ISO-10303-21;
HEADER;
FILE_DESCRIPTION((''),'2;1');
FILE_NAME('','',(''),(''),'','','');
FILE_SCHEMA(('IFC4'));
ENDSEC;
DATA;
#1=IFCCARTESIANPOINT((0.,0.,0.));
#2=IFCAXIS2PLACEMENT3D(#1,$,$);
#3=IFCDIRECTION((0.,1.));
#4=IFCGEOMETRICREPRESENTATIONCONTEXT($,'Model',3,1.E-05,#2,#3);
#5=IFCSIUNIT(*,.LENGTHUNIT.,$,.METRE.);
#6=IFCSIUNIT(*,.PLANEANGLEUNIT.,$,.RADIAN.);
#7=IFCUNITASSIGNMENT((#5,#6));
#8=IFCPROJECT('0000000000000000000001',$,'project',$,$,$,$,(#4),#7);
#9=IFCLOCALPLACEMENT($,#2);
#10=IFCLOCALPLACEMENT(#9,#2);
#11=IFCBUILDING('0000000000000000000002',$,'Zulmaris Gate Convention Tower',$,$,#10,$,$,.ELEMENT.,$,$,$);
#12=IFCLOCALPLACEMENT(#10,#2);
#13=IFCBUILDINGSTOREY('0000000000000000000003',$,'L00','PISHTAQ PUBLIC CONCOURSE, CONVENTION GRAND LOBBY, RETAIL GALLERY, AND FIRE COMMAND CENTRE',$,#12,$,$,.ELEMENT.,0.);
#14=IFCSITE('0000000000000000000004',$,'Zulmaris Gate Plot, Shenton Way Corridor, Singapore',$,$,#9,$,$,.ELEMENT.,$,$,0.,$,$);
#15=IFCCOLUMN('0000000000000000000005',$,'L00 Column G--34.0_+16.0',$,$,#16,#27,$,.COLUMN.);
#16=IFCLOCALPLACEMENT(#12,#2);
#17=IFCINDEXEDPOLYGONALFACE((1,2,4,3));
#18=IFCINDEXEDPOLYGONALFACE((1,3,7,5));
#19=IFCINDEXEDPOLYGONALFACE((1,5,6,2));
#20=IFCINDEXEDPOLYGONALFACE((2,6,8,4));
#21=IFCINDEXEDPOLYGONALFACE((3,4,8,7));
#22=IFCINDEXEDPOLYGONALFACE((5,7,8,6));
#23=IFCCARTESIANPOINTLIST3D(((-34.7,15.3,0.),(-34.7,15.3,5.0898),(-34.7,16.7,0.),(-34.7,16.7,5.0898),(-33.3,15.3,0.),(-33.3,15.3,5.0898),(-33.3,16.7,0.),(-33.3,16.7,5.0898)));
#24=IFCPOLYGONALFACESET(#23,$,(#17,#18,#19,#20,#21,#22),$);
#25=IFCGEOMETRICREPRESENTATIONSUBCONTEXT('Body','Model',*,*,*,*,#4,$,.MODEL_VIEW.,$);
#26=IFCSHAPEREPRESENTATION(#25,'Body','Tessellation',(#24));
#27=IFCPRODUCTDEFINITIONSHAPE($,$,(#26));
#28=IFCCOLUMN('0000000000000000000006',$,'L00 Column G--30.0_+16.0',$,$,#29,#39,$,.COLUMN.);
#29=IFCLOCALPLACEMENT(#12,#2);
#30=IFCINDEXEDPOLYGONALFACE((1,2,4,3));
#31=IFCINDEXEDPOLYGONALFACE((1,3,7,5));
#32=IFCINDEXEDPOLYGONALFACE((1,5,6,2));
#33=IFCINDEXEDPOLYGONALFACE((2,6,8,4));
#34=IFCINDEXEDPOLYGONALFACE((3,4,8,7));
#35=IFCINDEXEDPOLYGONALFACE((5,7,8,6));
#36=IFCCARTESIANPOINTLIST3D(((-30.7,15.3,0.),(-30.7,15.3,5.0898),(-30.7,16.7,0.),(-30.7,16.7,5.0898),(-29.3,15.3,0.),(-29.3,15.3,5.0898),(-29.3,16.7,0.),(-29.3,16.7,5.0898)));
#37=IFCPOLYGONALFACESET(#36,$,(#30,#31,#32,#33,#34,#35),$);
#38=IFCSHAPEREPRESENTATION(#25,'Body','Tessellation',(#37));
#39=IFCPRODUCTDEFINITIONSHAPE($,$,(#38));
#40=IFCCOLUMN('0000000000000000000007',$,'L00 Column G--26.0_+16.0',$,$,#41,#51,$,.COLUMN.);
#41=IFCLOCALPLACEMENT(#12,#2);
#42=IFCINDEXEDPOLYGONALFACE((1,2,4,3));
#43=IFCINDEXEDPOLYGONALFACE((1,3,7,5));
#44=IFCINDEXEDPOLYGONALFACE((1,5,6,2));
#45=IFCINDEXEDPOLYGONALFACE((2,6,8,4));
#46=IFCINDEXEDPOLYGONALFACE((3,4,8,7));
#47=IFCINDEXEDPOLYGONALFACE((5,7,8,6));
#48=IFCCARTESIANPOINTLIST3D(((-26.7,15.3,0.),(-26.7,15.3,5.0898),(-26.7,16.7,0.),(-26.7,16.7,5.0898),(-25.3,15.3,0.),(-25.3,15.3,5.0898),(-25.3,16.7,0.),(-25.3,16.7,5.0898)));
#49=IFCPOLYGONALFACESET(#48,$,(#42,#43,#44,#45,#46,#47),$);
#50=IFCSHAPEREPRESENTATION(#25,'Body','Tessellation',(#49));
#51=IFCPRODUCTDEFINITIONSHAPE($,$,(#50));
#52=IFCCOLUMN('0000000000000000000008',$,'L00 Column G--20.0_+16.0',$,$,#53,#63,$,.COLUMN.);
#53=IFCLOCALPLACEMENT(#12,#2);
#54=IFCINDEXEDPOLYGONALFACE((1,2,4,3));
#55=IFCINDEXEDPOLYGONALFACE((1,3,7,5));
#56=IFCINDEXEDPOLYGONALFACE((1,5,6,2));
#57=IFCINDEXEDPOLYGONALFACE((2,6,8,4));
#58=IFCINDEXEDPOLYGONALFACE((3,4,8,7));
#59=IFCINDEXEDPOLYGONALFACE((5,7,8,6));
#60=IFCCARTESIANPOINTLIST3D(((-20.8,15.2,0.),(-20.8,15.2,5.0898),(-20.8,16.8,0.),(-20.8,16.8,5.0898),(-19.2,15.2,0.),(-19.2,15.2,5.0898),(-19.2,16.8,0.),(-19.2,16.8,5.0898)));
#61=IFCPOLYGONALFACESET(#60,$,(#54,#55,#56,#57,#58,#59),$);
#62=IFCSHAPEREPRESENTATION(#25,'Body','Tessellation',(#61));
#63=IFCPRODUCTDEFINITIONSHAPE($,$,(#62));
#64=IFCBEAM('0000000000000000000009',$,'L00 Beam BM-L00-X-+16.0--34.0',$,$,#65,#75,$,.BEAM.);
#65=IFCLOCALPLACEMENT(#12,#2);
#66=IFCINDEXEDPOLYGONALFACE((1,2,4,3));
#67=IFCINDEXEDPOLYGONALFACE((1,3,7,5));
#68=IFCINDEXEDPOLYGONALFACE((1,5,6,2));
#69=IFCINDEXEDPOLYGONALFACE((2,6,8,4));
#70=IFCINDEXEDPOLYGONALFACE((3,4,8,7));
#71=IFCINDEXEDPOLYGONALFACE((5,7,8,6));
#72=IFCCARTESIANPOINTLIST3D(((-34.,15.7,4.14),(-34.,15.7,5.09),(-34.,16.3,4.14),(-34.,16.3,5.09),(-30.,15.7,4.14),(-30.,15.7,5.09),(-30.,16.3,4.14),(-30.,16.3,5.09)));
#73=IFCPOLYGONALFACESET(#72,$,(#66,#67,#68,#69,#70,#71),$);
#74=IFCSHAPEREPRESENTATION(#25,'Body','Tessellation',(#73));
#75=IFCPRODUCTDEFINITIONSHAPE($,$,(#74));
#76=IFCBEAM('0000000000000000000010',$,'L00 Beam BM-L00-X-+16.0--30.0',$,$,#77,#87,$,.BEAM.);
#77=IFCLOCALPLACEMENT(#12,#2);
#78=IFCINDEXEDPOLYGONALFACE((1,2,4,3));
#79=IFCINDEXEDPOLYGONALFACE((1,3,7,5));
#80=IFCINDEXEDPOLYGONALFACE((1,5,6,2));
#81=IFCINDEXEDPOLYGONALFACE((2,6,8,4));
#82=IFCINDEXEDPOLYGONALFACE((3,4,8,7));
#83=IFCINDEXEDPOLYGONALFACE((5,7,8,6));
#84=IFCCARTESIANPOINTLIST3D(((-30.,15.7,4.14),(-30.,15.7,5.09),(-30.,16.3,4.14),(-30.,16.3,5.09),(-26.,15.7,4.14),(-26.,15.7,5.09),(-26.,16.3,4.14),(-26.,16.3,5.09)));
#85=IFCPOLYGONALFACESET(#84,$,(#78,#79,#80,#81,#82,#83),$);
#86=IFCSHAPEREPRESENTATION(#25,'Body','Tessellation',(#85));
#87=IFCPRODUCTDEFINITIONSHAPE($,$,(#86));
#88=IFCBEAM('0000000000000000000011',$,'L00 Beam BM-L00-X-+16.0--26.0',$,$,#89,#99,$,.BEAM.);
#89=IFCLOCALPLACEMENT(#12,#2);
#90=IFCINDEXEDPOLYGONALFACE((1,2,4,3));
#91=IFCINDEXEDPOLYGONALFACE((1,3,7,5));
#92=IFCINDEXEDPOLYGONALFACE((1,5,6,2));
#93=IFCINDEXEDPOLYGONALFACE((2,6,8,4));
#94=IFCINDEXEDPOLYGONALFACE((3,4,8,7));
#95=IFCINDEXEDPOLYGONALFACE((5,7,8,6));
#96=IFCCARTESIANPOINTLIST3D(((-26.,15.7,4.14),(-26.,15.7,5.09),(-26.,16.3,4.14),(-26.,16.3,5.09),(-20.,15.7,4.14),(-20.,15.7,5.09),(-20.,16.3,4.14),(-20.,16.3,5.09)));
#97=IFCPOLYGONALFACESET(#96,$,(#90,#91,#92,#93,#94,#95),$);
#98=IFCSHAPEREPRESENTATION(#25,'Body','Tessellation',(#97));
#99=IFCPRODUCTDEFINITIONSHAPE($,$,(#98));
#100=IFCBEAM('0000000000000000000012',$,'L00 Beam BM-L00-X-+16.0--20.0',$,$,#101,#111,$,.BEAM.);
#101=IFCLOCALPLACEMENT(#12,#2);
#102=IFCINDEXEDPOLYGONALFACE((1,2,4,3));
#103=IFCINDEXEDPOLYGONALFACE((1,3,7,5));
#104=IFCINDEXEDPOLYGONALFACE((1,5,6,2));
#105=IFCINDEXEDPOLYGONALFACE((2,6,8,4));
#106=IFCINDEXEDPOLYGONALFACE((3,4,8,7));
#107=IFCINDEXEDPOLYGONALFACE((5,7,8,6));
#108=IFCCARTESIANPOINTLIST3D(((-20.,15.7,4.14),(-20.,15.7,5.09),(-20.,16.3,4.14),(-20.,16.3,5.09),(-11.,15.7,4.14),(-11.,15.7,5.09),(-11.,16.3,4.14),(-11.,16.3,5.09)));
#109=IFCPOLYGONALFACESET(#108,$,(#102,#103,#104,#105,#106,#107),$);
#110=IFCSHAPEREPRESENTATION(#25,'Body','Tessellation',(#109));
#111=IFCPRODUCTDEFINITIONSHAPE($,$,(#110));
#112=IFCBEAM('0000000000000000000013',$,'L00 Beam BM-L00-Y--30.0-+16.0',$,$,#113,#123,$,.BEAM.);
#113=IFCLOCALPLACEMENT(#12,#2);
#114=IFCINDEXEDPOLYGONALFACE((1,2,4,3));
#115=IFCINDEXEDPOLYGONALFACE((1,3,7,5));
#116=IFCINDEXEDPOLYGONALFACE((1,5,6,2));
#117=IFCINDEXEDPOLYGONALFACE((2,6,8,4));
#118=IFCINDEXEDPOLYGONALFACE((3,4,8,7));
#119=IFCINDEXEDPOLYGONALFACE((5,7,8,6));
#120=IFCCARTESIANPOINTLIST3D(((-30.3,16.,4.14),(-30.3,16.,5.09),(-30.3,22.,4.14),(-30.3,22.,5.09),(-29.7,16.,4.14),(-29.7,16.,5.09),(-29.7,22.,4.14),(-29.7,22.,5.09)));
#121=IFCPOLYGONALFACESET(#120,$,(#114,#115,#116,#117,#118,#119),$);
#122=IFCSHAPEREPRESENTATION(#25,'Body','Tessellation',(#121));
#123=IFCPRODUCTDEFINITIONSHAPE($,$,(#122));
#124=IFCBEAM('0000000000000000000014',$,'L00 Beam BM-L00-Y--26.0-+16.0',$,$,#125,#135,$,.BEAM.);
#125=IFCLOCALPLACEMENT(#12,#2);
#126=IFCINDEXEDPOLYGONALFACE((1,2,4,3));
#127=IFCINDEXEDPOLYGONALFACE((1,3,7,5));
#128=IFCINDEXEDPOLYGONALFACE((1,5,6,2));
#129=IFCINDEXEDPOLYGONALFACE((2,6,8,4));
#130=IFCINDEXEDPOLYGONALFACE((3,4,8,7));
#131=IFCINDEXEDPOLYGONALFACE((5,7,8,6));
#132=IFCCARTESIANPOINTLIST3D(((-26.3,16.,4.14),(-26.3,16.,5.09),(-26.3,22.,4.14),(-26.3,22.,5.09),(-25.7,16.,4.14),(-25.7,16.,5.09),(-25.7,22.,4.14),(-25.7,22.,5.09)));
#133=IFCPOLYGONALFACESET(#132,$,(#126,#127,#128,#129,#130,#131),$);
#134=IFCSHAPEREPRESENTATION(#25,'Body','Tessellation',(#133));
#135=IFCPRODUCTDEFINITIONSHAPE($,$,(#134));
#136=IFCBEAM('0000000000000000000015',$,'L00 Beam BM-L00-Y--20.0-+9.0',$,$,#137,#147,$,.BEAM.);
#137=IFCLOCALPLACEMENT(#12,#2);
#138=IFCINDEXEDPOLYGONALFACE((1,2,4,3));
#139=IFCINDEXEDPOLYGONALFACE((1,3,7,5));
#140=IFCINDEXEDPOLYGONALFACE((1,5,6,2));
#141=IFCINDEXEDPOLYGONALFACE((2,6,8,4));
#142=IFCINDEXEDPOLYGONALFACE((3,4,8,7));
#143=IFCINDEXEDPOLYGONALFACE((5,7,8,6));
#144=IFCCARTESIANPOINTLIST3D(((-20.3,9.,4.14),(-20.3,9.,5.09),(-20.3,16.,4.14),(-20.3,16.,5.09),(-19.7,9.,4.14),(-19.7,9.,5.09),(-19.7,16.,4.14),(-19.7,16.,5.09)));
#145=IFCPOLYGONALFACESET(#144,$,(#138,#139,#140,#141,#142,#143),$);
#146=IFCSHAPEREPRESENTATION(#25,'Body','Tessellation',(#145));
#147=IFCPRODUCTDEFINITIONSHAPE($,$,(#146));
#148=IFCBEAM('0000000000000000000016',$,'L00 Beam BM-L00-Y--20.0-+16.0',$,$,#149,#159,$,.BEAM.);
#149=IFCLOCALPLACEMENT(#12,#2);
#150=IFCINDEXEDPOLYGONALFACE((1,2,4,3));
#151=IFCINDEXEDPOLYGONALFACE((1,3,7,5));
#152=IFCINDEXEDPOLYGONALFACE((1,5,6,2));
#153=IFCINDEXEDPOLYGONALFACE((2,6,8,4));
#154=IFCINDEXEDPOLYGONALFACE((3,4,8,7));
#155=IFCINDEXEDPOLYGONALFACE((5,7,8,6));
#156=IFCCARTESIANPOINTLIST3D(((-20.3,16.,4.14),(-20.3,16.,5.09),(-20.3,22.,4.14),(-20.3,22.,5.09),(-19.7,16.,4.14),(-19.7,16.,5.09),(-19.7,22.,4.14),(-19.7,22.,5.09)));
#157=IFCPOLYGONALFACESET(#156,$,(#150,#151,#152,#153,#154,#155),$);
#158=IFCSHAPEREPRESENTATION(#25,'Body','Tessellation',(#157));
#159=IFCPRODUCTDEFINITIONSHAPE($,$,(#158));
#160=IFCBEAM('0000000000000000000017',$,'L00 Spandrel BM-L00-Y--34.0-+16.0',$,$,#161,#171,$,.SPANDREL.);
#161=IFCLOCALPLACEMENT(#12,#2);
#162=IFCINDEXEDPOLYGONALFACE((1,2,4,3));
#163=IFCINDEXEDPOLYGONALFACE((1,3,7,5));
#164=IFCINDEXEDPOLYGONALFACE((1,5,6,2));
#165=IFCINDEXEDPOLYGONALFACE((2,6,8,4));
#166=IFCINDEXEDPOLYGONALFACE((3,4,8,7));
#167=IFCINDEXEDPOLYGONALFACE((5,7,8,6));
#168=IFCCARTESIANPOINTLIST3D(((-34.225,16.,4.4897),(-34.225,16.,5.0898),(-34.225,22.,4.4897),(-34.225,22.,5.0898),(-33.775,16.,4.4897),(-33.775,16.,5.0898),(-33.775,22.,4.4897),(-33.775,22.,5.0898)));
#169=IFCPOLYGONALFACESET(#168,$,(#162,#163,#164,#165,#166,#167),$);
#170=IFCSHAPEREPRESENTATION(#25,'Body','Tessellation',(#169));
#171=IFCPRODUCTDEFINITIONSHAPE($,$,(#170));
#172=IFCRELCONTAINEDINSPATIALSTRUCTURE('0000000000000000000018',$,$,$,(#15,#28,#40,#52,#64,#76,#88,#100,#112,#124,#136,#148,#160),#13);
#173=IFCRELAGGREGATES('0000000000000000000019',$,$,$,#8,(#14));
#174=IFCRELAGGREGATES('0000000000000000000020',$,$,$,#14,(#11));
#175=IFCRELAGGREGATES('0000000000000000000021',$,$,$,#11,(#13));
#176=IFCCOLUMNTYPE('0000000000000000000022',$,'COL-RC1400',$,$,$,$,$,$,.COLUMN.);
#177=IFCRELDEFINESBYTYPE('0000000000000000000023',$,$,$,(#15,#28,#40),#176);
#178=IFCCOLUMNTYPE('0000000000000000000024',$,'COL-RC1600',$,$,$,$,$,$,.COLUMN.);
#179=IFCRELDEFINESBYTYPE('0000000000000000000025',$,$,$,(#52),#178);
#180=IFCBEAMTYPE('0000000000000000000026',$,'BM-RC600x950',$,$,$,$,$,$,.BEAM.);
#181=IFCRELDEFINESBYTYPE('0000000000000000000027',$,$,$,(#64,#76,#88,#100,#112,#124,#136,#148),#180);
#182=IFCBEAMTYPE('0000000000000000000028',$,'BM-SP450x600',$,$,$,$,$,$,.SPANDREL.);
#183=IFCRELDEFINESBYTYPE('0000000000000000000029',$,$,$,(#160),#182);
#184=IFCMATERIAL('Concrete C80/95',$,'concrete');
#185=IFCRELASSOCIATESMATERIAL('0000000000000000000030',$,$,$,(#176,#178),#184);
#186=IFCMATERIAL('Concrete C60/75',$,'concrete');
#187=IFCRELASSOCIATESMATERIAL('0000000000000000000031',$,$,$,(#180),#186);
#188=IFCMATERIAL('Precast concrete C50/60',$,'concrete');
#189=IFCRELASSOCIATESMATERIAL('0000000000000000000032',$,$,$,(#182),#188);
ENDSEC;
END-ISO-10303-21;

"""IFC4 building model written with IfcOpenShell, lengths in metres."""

from ifc_helpers import new_model, si_unit, direction, frame, origin, origin_2d, place, context, subcontext, project, spatial, rectangle, extrude, material, material_profile, profile_set, type_object, element, save


model = new_model("IFC4")

# Units and contexts
model_context = context("Model", 3, precision=1e-05, world=origin(), true_north=direction((0.0, 1.0)))
body_context = subcontext(model_context, "Body", "Model", "MODEL_VIEW")
ifc_project = project(units=[si_unit("LENGTHUNIT", "METRE"), si_unit("PLANEANGLEUNIT", "RADIAN")], contexts=[model_context])

# Site, building, storey
site_placement = place(None, origin())
site = spatial("IfcSite", under=ifc_project, at=site_placement, Name="Zulmaris Gate Plot, Shenton Way Corridor, Singapore", CompositionType="ELEMENT", RefElevation=0.0)
building_placement = place(site_placement, origin())
building = spatial("IfcBuilding", under=site, at=building_placement, Name="Zulmaris Gate Convention Tower", CompositionType="ELEMENT")
storey_placement = place(building_placement, origin())
storey = spatial("IfcBuildingStorey", under=building, at=storey_placement, Name="L00", Description="PISHTAQ PUBLIC CONCOURSE, CONVENTION GRAND LOBBY, RETAIL GALLERY, AND FIRE COMMAND CENTRE", CompositionType="ELEMENT", Elevation=0.0)

# Columns
ifc_material_1 = material(Name="Concrete C80/95", Category="concrete")
ifc_material_profile_1 = material_profile(ifc_material_1, rectangle(XDim=1.3999, YDim=1.3999, at=origin_2d()), Name="RC COL 1400x1400")
ifc_profile_set_1 = profile_set([ifc_material_profile_1], Name="Concrete C80/95")
column_type_1 = type_object("IfcColumnType", Name="COL-RC1400", PredefinedType="COLUMN", material=ifc_profile_set_1)
for number, where, z_axis, x_axis, name in (
    (1, (-34.0, 16.0, 0.0), (0.0, 0.0, 1.0), (1.0, 0.0, 0.0), "L00 Column G--34.0_+16.0"),
    (2, (-30.0, 16.0, 0.0), (0.0, 0.0, 1.0), (1.0, 0.0, 0.0), "L00 Column G--30.0_+16.0"),
    (3, (-26.0, 16.0, 0.0), (0.0, 0.0, 1.0), (1.0, 0.0, 0.0), "L00 Column G--26.0_+16.0"),
):
    element("IfcColumn", number, at=place(storey_placement, frame(where, z_axis=z_axis, x_axis=x_axis)), inside=storey, type_object=column_type_1, Name=name, PredefinedType="COLUMN", context=body_context, shape_type="SweptSolid", body=[
        extrude(rectangle(XDim=1.3999, YDim=1.3999, at=origin_2d()), origin(), (0.0, 0.0, 1.0), 5.0898),
    ])
ifc_material_profile_2 = material_profile(ifc_material_1, rectangle(XDim=1.6001, YDim=1.6001, at=origin_2d()), Name="RC COL 1600x1600")
ifc_profile_set_2 = profile_set([ifc_material_profile_2], Name="Concrete C80/95")
column_type_2 = type_object("IfcColumnType", Name="COL-RC1600", PredefinedType="COLUMN", material=ifc_profile_set_2)
column_placement = place(storey_placement, frame((-20.0, 16.0, 0.0), z_axis=(0.0, 0.0, 1.0), x_axis=(1.0, 0.0, 0.0)))
element("IfcColumn", 4, at=column_placement, inside=storey, type_object=column_type_2, Name="L00 Column G--20.0_+16.0", PredefinedType="COLUMN", context=body_context, shape_type="SweptSolid", body=[
    extrude(rectangle(XDim=1.6001, YDim=1.6001, at=origin_2d()), origin(), (0.0, 0.0, 1.0), 5.0898),
])

# Beams
ifc_material_2 = material(Name="Concrete C60/75", Category="concrete")
ifc_material_profile_3 = material_profile(ifc_material_2, rectangle(XDim=0.6001, YDim=0.95, at=origin_2d()), Name="RC BEAM 600x950")
ifc_profile_set_3 = profile_set([ifc_material_profile_3], Name="Concrete C60/75")
beam_type_1 = type_object("IfcBeamType", Name="BM-RC600x950", PredefinedType="BEAM", material=ifc_profile_set_3)
for number, where, z_axis, x_axis, name in (
    (5, (-34.0, 16.0, 4.615), (1.0, 0.0, 0.0), (0.0, 1.0, 0.0), "L00 Beam BM-L00-X-+16.0--34.0"),
    (6, (-30.0, 16.0, 4.615), (1.0, 0.0, 0.0), (0.0, 1.0, 0.0), "L00 Beam BM-L00-X-+16.0--30.0"),
):
    element("IfcBeam", number, at=place(storey_placement, frame(where, z_axis=z_axis, x_axis=x_axis)), inside=storey, type_object=beam_type_1, Name=name, PredefinedType="BEAM", context=body_context, shape_type="SweptSolid", body=[
        extrude(rectangle(XDim=0.6001, YDim=0.95, at=origin_2d()), origin(), (0.0, 0.0, 1.0), 4.0),
    ])
beam_1_placement = place(storey_placement, frame((-26.0, 16.0, 4.615), z_axis=(1.0, 0.0, 0.0), x_axis=(0.0, 1.0, 0.0)))
element("IfcBeam", 7, at=beam_1_placement, inside=storey, type_object=beam_type_1, Name="L00 Beam BM-L00-X-+16.0--26.0", PredefinedType="BEAM", context=body_context, shape_type="SweptSolid", body=[
    extrude(rectangle(XDim=0.6001, YDim=0.95, at=origin_2d()), origin(), (0.0, 0.0, 1.0), 6.0),
])
beam_2_placement = place(storey_placement, frame((-20.0, 16.0, 4.615), z_axis=(1.0, 0.0, 0.0), x_axis=(0.0, 1.0, 0.0)))
element("IfcBeam", 8, at=beam_2_placement, inside=storey, type_object=beam_type_1, Name="L00 Beam BM-L00-X-+16.0--20.0", PredefinedType="BEAM", context=body_context, shape_type="SweptSolid", body=[
    extrude(rectangle(XDim=0.6001, YDim=0.95, at=origin_2d()), origin(), (0.0, 0.0, 1.0), 9.0),
])
for number, where, z_axis, x_axis, name in (
    (9, (-30.0, 16.0, 4.615), (0.0, 1.0, 0.0), (-1.0, 0.0, 0.0), "L00 Beam BM-L00-Y--30.0-+16.0"),
    (10, (-26.0, 16.0, 4.615), (0.0, 1.0, 0.0), (-1.0, 0.0, 0.0), "L00 Beam BM-L00-Y--26.0-+16.0"),
):
    element("IfcBeam", number, at=place(storey_placement, frame(where, z_axis=z_axis, x_axis=x_axis)), inside=storey, type_object=beam_type_1, Name=name, PredefinedType="BEAM", context=body_context, shape_type="SweptSolid", body=[
        extrude(rectangle(XDim=0.6001, YDim=0.95, at=origin_2d()), origin(), (0.0, 0.0, 1.0), 6.0),
    ])
beam_3_placement = place(storey_placement, frame((-20.0, 9.0, 4.615), z_axis=(0.0, 1.0, 0.0), x_axis=(-1.0, 0.0, 0.0)))
element("IfcBeam", 11, at=beam_3_placement, inside=storey, type_object=beam_type_1, Name="L00 Beam BM-L00-Y--20.0-+9.0", PredefinedType="BEAM", context=body_context, shape_type="SweptSolid", body=[
    extrude(rectangle(XDim=0.6001, YDim=0.95, at=origin_2d()), origin(), (0.0, 0.0, 1.0), 7.0),
])
beam_4_placement = place(storey_placement, frame((-20.0, 16.0, 4.615), z_axis=(0.0, 1.0, 0.0), x_axis=(-1.0, 0.0, 0.0)))
element("IfcBeam", 12, at=beam_4_placement, inside=storey, type_object=beam_type_1, Name="L00 Beam BM-L00-Y--20.0-+16.0", PredefinedType="BEAM", context=body_context, shape_type="SweptSolid", body=[
    extrude(rectangle(XDim=0.6001, YDim=0.95, at=origin_2d()), origin(), (0.0, 0.0, 1.0), 6.0),
])
ifc_material_3 = material(Name="Precast concrete C50/60", Category="concrete")
ifc_material_profile_4 = material_profile(ifc_material_3, rectangle(XDim=0.45, YDim=0.6001, at=origin_2d()), Name="RC SPANDREL 450x600")
ifc_profile_set_4 = profile_set([ifc_material_profile_4], Name="Precast concrete C50/60")
beam_type_2 = type_object("IfcBeamType", Name="BM-SP450x600", PredefinedType="SPANDREL", material=ifc_profile_set_4)
beam_5_placement = place(storey_placement, frame((-34.0, 16.0, 4.7898), z_axis=(0.0, 1.0, 0.0), x_axis=(-1.0, 0.0, 0.0)))
element("IfcBeam", 13, at=beam_5_placement, inside=storey, type_object=beam_type_2, Name="L00 Spandrel BM-L00-Y--34.0-+16.0", PredefinedType="SPANDREL", context=body_context, shape_type="SweptSolid", body=[
    extrude(rectangle(XDim=0.45, YDim=0.6001, at=origin_2d()), origin(), (0.0, 0.0, 1.0), 6.0),
])

save(model, "model.ifc")
